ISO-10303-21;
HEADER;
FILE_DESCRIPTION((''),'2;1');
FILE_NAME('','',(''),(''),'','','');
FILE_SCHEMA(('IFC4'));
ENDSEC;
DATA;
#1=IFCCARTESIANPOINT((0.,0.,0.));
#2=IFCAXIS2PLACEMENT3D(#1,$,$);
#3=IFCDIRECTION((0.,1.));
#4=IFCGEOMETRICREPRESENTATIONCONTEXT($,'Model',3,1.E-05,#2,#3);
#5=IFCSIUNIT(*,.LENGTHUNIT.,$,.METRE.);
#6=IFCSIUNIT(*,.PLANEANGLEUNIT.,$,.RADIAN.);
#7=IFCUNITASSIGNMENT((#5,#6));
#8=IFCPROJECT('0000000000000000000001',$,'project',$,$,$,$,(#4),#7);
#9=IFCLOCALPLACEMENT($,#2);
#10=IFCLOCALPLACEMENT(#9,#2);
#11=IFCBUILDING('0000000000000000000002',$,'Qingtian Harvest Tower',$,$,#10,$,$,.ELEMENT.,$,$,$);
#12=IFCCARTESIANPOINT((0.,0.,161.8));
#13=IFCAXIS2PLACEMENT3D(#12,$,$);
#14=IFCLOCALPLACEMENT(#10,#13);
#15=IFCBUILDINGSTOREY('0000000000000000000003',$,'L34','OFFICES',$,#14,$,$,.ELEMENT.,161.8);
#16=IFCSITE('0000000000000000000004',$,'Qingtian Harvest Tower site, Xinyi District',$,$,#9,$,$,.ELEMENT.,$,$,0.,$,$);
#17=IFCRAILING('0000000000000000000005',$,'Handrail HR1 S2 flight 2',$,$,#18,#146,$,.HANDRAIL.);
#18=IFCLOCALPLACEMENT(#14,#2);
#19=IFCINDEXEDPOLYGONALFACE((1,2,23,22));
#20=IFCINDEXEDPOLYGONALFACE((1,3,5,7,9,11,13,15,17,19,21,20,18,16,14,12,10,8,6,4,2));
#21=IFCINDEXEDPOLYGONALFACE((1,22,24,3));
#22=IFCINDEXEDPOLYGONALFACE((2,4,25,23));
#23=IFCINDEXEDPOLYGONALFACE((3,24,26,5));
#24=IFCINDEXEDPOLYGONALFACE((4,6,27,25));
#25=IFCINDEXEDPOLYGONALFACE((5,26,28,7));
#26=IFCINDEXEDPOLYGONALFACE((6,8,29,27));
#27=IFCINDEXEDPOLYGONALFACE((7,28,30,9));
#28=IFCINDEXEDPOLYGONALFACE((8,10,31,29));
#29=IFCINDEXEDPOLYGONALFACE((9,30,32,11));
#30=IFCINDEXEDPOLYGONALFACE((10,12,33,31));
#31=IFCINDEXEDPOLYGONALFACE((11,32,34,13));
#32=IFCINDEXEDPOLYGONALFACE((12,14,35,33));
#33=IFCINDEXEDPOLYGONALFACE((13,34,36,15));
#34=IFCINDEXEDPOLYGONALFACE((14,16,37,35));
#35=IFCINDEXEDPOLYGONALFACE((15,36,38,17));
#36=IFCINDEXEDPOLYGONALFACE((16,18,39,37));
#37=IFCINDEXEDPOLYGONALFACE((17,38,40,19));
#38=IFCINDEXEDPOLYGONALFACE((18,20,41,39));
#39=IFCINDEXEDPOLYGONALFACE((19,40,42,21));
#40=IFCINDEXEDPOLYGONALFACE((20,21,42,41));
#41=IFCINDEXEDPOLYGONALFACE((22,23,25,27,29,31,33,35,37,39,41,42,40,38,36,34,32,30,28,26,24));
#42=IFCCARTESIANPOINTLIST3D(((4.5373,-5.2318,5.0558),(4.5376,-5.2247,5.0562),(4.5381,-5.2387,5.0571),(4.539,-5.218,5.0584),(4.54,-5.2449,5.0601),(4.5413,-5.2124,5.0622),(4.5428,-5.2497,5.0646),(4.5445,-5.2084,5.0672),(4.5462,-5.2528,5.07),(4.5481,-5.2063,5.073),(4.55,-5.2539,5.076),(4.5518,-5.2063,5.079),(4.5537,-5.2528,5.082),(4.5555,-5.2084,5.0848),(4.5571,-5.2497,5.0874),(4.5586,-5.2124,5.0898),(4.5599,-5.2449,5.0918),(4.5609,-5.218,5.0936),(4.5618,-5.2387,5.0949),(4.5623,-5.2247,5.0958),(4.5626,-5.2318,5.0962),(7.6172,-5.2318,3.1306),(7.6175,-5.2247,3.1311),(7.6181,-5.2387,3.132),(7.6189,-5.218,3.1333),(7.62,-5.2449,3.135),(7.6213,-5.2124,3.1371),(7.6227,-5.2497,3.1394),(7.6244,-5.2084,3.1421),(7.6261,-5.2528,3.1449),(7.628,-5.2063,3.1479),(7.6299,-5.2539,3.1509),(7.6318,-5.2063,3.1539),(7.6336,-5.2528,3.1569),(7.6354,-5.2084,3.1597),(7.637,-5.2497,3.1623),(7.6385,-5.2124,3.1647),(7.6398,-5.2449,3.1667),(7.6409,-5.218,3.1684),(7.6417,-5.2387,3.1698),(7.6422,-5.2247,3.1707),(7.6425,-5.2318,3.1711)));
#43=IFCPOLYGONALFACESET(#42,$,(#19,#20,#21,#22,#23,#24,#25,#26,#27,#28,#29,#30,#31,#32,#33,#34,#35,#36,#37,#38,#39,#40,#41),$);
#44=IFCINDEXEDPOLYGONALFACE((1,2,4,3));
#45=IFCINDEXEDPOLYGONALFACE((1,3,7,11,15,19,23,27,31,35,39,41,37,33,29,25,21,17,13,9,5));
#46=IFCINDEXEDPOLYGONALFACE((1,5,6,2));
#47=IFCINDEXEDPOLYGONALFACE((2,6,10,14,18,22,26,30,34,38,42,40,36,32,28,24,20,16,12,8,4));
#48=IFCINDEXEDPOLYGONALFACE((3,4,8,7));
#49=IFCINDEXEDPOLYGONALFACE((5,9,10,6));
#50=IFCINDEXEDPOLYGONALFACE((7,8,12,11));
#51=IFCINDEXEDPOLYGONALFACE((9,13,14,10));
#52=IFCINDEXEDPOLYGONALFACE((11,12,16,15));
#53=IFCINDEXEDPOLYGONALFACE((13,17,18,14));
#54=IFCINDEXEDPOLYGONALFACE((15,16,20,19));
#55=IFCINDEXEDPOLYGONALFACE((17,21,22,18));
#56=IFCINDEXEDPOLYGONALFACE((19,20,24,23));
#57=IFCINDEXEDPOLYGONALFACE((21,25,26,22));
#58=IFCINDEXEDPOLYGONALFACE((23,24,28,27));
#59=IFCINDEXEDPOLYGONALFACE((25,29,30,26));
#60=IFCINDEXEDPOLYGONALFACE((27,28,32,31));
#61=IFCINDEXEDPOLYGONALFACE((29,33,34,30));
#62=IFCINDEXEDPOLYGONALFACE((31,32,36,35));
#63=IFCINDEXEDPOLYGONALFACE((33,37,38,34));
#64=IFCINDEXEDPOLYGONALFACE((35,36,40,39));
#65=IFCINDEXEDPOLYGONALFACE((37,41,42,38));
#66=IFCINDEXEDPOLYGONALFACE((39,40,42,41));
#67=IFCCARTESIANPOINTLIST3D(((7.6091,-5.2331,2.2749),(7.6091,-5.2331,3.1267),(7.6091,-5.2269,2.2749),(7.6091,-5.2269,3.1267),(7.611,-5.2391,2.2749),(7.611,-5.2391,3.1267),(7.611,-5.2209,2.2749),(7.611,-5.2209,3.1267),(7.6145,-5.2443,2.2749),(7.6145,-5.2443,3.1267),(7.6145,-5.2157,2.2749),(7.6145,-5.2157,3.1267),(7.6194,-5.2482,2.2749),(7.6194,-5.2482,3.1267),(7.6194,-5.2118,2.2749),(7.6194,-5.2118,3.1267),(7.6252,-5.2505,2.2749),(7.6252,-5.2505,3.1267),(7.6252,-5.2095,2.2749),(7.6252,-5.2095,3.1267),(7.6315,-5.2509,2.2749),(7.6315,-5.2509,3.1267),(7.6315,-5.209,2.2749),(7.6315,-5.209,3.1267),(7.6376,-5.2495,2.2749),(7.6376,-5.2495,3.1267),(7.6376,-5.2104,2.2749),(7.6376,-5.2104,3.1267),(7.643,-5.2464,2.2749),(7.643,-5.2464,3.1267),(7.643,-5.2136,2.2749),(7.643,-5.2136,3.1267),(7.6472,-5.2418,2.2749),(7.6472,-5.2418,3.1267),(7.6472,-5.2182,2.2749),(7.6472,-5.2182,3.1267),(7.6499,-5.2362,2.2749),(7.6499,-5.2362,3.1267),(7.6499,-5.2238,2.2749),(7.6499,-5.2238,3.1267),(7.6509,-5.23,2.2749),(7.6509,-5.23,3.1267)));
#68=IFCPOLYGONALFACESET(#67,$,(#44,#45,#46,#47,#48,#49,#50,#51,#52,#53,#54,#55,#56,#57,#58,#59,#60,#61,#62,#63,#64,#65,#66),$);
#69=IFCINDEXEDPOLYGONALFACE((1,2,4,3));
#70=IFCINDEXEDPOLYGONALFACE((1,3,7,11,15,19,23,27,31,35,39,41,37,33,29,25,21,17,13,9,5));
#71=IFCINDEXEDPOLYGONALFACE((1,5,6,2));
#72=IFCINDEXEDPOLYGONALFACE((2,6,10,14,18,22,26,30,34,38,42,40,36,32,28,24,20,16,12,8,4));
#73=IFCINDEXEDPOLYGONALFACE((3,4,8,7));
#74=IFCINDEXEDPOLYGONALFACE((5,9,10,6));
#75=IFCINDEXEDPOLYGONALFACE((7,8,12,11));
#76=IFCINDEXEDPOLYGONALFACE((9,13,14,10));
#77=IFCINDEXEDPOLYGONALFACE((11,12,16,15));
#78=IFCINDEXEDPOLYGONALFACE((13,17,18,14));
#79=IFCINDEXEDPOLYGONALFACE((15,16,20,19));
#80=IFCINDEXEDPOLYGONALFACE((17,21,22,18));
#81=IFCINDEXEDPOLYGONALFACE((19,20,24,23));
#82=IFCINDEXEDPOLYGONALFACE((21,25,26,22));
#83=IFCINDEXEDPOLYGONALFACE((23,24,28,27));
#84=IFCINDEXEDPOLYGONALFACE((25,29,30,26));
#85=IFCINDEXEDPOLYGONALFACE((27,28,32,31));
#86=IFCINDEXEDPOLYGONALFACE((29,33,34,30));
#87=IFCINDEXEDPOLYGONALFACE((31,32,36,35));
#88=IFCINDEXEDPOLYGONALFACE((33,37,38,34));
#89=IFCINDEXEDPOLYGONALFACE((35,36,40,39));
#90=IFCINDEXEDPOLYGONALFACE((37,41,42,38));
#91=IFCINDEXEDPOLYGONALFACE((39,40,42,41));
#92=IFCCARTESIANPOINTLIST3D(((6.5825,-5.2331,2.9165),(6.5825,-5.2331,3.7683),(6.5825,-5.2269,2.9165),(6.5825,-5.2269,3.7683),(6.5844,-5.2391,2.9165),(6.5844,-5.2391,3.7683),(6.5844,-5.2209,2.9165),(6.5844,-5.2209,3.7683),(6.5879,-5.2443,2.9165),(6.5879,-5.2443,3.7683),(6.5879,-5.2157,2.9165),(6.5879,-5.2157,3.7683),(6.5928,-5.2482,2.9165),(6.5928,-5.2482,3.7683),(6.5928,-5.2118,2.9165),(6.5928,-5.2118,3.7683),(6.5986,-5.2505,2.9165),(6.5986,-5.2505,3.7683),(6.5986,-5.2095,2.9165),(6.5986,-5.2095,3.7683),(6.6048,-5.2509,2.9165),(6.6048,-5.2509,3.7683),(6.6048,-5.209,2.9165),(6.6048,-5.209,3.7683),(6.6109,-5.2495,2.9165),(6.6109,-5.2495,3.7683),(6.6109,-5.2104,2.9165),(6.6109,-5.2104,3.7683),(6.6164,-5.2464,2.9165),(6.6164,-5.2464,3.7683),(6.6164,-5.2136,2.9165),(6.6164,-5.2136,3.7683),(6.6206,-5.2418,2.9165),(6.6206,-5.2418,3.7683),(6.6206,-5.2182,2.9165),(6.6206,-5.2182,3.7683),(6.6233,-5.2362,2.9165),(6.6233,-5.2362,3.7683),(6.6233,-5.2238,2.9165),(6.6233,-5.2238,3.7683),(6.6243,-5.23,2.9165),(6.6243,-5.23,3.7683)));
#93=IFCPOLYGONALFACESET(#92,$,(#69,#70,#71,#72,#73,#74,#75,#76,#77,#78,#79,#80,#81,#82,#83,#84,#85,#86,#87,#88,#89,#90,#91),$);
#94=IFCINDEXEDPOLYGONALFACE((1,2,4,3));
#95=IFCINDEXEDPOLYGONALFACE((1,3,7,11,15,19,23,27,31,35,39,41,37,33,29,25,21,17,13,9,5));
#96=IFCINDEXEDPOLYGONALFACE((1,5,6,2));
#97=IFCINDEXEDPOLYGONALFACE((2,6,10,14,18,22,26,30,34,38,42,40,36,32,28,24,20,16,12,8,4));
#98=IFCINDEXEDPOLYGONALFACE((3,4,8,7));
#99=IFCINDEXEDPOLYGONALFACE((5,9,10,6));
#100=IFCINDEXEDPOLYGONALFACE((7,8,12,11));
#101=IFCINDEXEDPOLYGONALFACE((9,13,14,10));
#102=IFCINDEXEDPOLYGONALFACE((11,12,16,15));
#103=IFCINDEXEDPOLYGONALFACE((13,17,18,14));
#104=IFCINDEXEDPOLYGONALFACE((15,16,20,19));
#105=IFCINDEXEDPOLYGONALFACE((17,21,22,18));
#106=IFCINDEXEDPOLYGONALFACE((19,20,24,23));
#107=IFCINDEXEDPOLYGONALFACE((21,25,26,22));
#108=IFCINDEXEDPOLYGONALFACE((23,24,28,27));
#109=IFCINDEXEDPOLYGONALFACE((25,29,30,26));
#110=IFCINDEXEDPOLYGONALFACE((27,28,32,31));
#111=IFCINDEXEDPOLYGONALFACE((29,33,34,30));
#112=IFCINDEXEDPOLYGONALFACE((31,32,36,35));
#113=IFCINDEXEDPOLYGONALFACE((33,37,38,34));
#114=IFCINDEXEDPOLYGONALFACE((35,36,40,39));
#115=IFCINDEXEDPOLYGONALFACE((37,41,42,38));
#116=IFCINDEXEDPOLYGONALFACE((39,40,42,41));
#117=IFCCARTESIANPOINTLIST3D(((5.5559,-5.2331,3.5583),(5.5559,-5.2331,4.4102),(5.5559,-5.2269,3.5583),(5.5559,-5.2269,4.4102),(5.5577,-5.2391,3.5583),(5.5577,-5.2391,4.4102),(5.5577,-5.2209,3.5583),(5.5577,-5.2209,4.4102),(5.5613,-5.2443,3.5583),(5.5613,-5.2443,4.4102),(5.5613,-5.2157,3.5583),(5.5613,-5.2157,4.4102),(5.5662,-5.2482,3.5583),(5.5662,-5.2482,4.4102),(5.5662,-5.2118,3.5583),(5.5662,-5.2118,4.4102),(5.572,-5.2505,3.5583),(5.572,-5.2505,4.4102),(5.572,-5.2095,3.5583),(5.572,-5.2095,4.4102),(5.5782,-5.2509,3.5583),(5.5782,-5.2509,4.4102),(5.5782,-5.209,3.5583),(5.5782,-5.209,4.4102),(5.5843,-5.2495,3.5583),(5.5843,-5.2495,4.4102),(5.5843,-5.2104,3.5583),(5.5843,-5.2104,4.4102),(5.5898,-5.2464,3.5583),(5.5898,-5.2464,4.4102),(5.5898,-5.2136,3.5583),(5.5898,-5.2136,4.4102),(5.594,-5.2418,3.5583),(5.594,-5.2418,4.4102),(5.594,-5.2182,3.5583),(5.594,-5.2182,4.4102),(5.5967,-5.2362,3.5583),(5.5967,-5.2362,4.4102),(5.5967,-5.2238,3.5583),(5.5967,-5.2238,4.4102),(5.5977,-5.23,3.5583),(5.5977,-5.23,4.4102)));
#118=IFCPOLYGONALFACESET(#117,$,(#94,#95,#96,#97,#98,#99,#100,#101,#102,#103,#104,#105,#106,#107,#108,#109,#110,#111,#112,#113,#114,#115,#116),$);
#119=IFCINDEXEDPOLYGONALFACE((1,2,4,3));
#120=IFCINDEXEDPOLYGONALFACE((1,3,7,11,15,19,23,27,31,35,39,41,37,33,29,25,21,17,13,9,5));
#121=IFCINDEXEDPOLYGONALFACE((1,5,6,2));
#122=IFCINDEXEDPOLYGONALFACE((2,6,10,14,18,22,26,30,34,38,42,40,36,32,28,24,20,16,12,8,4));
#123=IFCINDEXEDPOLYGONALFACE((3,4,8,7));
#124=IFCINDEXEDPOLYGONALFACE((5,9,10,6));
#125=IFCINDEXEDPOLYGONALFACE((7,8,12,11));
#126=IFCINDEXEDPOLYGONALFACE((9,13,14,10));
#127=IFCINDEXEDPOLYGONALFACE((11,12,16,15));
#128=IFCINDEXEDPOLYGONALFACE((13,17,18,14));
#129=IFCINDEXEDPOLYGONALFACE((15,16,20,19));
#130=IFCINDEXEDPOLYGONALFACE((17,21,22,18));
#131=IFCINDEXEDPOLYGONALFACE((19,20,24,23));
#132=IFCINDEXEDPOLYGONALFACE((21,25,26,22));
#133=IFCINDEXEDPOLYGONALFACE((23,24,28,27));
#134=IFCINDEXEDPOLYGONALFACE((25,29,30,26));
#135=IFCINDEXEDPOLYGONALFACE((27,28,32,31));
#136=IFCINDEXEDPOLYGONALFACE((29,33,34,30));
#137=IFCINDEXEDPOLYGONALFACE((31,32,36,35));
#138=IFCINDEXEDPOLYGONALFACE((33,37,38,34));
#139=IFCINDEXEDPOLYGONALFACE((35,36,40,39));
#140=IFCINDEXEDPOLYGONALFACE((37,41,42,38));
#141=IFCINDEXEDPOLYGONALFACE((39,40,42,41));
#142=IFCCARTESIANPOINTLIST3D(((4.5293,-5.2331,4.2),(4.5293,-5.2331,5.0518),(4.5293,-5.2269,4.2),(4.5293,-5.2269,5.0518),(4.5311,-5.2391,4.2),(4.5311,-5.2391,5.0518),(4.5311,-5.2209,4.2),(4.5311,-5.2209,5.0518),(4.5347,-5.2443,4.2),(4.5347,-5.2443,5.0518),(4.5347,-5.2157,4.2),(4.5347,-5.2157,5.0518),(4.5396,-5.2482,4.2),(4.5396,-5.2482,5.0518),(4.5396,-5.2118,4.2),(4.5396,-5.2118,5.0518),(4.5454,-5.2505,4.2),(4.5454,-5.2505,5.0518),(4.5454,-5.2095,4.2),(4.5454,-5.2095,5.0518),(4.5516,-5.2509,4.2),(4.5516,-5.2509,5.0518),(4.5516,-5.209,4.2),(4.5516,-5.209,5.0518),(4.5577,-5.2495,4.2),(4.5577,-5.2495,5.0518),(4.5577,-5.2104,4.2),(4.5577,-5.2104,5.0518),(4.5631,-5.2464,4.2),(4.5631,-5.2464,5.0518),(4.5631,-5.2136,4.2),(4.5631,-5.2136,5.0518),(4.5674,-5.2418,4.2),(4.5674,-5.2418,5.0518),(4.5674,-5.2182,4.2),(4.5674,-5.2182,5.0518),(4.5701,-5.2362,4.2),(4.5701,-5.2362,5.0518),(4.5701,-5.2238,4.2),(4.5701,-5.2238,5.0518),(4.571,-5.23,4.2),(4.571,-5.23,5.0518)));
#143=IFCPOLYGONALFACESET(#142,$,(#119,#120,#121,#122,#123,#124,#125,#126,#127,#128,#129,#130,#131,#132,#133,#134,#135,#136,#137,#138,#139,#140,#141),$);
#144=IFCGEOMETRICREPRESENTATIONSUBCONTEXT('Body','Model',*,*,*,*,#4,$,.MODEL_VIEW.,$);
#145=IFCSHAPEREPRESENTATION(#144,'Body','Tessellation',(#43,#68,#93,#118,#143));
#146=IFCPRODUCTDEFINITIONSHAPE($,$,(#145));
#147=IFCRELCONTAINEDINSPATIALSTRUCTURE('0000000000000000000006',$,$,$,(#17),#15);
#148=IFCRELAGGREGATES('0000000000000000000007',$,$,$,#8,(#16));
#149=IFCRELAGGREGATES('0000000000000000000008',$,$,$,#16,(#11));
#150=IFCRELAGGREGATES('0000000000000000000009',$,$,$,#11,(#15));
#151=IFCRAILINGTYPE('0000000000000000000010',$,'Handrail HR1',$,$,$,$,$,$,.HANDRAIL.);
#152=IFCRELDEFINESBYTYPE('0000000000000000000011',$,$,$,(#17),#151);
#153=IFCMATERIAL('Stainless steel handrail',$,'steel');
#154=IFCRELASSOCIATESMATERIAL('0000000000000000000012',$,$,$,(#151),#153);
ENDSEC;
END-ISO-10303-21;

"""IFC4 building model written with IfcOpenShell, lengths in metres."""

from ifc_helpers import new_model, si_unit, direction, frame, origin, origin_2d, place, context, subcontext, project, spatial, circle, extrude, material, type_object, element, save


model = new_model("IFC4")

# Units and contexts
model_context = context("Model", 3, precision=1e-05, world=origin(), true_north=direction((0.0, 1.0)))
body_context = subcontext(model_context, "Body", "Model", "MODEL_VIEW")
ifc_project = project(units=[si_unit("LENGTHUNIT", "METRE"), si_unit("PLANEANGLEUNIT", "RADIAN")], contexts=[model_context])

# Site, building, storey
site_placement = place(None, origin())
site = spatial("IfcSite", under=ifc_project, at=site_placement, Name="Qingtian Harvest Tower site, Xinyi District", CompositionType="ELEMENT", RefElevation=0.0)
building_placement = place(site_placement, origin())
building = spatial("IfcBuilding", under=site, at=building_placement, Name="Qingtian Harvest Tower", CompositionType="ELEMENT")
storey_placement = place(building_placement, frame((0.0, 0.0, 161.8)))
storey = spatial("IfcBuildingStorey", under=building, at=storey_placement, Name="L34", Description="OFFICES", CompositionType="ELEMENT", Elevation=161.8)

# Railing
ifc_material_1 = material(Name="Stainless steel handrail", Category="steel")
railing_type = type_object("IfcRailingType", Name="Handrail HR1", PredefinedType="HANDRAIL", material=ifc_material_1)
railing_1_placement = place(storey_placement, frame((7.6299, -5.23, 2.2749)))
element("IfcRailing", 1, at=railing_1_placement, inside=storey, type_object=railing_type, Name="Handrail HR1 S2 flight 2", PredefinedType="HANDRAIL", context=body_context, shape_type="SweptSolid", body=[
    extrude(circle(Radius=0.0239, at=origin_2d()), frame((0.0, 0.0, 0.876), z_axis=(-0.847979, 0.0, 0.530029), x_axis=(0.0, -1.0, 0.0)), (0.0, 0.0, 1.0), 3.6321),
    extrude(circle(Radius=0.021, at=origin_2d()), origin(), (0.0, 0.0, 1.0), 0.8518),
    extrude(circle(Radius=0.021, at=origin_2d()), frame((-1.0266, 0.0, 0.6416)), (0.0, 0.0, 1.0), 0.8518),
    extrude(circle(Radius=0.021, at=origin_2d()), frame((-2.0532, 0.0, 1.2834)), (0.0, 0.0, 1.0), 0.8518),
    extrude(circle(Radius=0.021, at=origin_2d()), frame((-3.0798, 0.0, 1.925)), (0.0, 0.0, 1.0), 0.8518),
])

save(model, "model.ifc")
